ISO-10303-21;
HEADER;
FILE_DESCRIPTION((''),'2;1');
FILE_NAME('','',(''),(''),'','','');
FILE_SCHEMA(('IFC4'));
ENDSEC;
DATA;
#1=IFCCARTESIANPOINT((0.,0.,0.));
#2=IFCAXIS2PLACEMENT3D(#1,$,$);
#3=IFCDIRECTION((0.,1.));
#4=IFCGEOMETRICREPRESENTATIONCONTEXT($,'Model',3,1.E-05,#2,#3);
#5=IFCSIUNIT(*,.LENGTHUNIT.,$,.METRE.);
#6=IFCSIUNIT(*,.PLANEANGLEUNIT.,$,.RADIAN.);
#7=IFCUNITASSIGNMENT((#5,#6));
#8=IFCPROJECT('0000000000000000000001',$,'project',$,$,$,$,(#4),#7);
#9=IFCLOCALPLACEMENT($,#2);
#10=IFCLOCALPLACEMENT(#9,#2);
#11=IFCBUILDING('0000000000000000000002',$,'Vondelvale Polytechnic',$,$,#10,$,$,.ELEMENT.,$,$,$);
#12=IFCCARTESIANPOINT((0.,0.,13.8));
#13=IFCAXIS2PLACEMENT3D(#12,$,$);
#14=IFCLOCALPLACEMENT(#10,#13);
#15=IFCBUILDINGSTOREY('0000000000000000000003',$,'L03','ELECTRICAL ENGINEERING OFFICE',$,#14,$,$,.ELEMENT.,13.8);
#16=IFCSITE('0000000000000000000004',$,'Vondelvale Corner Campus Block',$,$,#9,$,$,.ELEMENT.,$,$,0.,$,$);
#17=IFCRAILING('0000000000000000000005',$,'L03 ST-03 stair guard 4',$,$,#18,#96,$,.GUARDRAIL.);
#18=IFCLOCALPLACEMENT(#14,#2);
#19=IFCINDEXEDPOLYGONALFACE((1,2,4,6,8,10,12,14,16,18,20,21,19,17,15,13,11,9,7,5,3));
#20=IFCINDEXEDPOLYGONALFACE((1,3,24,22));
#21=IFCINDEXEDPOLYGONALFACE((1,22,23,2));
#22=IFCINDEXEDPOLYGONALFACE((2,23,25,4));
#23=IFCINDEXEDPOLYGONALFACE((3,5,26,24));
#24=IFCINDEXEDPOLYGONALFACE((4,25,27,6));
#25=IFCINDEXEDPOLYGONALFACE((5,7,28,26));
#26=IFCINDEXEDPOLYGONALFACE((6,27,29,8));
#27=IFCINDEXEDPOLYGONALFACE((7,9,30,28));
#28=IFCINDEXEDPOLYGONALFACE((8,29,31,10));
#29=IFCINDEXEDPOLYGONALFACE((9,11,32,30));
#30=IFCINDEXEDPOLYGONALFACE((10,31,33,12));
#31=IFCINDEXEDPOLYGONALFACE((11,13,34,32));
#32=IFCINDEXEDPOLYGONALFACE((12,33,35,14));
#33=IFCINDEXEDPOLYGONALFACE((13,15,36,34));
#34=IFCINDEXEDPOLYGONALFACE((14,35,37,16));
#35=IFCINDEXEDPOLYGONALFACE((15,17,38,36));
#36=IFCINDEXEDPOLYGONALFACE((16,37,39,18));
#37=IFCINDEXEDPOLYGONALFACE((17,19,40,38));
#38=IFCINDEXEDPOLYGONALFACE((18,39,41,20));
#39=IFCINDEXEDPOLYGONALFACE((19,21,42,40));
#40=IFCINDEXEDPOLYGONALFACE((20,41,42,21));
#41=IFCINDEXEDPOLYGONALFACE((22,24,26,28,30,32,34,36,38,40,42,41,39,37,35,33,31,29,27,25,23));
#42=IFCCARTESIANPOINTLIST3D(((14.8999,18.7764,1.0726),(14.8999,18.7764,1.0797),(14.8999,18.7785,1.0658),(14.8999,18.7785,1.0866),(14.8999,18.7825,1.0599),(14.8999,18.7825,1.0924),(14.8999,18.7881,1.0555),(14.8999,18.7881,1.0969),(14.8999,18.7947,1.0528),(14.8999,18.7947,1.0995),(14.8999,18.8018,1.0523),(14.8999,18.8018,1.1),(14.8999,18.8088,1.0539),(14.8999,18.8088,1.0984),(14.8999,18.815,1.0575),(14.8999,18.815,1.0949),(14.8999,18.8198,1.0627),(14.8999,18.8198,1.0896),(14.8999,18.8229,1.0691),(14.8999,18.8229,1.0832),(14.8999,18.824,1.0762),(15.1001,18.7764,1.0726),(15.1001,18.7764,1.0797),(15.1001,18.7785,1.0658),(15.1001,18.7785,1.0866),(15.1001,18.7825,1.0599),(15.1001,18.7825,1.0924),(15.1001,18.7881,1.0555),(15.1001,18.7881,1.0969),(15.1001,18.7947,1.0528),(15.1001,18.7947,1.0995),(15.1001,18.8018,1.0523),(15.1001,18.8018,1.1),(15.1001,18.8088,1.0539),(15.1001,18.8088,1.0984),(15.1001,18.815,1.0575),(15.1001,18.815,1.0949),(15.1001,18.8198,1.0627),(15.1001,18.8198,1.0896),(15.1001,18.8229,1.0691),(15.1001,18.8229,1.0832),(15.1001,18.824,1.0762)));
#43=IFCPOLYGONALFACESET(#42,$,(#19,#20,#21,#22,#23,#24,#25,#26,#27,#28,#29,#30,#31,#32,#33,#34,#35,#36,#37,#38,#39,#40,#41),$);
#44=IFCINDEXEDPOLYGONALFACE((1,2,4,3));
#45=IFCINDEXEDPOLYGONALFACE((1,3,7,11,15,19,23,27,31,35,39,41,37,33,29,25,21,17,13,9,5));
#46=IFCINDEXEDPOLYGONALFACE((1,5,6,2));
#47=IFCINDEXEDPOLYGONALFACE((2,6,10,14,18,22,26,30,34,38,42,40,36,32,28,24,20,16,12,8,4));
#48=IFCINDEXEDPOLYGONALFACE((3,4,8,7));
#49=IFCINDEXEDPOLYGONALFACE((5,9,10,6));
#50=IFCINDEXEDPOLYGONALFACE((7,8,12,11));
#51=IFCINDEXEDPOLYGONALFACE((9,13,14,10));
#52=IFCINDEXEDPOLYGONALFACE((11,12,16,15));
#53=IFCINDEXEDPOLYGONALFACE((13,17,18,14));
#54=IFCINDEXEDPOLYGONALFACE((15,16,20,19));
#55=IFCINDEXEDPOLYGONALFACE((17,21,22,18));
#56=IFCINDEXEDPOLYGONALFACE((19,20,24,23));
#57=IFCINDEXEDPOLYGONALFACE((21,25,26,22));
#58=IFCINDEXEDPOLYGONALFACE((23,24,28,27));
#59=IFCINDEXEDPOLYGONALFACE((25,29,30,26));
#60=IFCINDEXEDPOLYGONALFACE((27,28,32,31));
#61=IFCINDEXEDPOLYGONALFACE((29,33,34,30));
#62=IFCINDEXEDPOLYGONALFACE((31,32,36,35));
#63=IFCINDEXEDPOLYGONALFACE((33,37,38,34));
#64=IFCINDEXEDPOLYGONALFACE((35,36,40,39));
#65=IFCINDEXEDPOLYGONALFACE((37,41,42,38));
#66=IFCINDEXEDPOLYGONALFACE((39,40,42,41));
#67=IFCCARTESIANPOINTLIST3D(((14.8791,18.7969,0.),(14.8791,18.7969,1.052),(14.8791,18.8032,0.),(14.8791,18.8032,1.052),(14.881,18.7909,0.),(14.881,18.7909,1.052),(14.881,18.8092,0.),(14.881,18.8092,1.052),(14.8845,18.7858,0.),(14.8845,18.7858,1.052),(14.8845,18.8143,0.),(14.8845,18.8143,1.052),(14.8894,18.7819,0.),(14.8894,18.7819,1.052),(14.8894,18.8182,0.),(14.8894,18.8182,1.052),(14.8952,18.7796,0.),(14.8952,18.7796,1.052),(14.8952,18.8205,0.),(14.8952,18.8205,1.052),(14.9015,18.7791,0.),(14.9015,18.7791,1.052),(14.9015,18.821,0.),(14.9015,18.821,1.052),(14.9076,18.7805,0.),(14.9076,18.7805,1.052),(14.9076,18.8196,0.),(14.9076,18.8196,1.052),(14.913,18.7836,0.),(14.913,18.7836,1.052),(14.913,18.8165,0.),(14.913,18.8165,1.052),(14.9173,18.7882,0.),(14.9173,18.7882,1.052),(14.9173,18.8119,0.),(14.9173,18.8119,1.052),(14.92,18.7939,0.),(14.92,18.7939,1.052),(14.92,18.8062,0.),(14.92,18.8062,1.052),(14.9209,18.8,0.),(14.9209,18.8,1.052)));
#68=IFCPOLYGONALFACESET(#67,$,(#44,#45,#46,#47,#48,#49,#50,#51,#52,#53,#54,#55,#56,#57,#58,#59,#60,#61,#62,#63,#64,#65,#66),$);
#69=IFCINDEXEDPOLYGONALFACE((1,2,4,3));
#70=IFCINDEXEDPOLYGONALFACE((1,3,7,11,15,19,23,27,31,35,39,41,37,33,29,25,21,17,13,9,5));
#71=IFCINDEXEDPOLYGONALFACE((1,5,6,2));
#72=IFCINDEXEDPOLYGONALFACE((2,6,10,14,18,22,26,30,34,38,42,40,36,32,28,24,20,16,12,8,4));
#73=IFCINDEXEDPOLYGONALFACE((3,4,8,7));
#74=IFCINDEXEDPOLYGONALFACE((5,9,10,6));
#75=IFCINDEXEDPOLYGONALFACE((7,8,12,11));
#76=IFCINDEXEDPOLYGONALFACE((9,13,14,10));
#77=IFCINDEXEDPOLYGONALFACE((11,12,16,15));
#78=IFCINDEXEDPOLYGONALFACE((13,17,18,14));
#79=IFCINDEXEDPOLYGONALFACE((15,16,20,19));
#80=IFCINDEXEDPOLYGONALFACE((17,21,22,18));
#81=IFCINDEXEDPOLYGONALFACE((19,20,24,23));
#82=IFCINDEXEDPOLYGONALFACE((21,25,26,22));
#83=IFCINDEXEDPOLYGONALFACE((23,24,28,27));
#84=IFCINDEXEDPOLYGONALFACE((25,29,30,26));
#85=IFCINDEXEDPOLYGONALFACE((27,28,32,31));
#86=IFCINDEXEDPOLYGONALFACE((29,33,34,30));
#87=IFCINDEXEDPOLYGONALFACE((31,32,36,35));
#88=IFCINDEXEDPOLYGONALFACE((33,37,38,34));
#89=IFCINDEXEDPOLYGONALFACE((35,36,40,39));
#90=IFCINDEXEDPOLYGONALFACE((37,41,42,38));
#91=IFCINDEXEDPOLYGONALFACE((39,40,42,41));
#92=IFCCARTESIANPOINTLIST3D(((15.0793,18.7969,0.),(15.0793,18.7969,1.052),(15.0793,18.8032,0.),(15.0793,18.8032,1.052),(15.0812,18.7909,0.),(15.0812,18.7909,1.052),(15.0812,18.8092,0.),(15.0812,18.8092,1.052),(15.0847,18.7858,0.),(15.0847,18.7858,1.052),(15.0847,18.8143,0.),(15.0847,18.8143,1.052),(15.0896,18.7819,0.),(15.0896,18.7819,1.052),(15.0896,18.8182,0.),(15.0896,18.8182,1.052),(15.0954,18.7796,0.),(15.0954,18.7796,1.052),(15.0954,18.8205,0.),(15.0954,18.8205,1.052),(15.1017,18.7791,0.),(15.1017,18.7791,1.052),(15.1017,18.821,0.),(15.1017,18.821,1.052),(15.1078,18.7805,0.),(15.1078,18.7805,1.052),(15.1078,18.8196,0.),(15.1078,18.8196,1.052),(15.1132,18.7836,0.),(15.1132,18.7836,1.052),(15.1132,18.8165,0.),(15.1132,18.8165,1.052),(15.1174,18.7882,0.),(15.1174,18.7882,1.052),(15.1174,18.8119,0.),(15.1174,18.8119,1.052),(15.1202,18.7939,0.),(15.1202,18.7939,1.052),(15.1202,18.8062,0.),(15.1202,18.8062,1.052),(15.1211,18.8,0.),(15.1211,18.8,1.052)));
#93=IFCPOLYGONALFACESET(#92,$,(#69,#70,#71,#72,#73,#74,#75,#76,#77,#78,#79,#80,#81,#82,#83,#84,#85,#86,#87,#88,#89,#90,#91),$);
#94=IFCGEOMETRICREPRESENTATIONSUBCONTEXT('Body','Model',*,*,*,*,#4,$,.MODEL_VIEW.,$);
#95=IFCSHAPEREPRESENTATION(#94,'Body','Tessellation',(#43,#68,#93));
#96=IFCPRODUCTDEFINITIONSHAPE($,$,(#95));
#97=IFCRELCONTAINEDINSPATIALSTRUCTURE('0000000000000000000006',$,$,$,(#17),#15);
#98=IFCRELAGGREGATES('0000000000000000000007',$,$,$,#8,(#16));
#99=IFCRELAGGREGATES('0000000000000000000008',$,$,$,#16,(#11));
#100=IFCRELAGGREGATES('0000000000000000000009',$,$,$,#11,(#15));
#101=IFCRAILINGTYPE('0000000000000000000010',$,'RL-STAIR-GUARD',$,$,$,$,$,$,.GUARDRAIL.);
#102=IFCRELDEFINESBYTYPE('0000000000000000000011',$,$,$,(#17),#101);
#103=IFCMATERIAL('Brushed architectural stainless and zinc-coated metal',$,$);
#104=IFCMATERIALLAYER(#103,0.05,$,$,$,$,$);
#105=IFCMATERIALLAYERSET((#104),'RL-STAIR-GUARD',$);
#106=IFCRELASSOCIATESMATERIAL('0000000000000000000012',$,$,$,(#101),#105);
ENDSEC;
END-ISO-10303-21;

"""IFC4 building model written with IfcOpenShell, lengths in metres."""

from ifc_helpers import new_model, si_unit, direction, frame, origin, origin_2d, place, context, subcontext, project, spatial, circle, extrude, material, layer, layer_set, type_object, element, save


model = new_model("IFC4")

# Units and contexts
model_context = context("Model", 3, precision=1e-05, world=origin(), true_north=direction((0.0, 1.0)))
body_context = subcontext(model_context, "Body", "Model", "MODEL_VIEW")
ifc_project = project(units=[si_unit("LENGTHUNIT", "METRE"), si_unit("PLANEANGLEUNIT", "RADIAN")], contexts=[model_context])

# Site, building, storey
site_placement = place(None, origin())
site = spatial("IfcSite", under=ifc_project, at=site_placement, Name="Vondelvale Corner Campus Block", CompositionType="ELEMENT", RefElevation=0.0)
building_placement = place(site_placement, origin())
building = spatial("IfcBuilding", under=site, at=building_placement, Name="Vondelvale Polytechnic", CompositionType="ELEMENT")
storey_placement = place(building_placement, frame((0.0, 0.0, 13.8)))
storey = spatial("IfcBuildingStorey", under=building, at=storey_placement, Name="L03", Description="ELECTRICAL ENGINEERING OFFICE", CompositionType="ELEMENT", Elevation=13.8)

# Shared definitions
ifc_material_1 = material(Name="Brushed architectural stainless and zinc-coated metal")

# Railing
ifc_layer_1 = layer(ifc_material_1, 0.05)
ifc_layer_set_1 = layer_set([ifc_layer_1], Name="RL-STAIR-GUARD")
railing_type_1 = type_object("IfcRailingType", Name="RL-STAIR-GUARD", PredefinedType="GUARDRAIL", material=ifc_layer_set_1)
railing_1_placement = place(storey_placement, frame((14.8999, 18.8, 0.0)))
element("IfcRailing", 1, at=railing_1_placement, inside=storey, type_object=railing_type_1, Name="L03 ST-03 stair guard 4", PredefinedType="GUARDRAIL", context=body_context, shape_type="SweptSolid", body=[
    extrude(circle(Radius=0.0239, at=origin_2d()), frame((0.0, 0.0, 1.0762), z_axis=(1.0, 0.0, 0.0), x_axis=(0.0, 1.0, 0.0)), (0.0, 0.0, 1.0), 0.2002),
    extrude(circle(Radius=0.021, at=origin_2d()), origin(), (0.0, 0.0, 1.0), 1.052),
    extrude(circle(Radius=0.021, at=origin_2d()), frame((0.2002, 0.0, 0.0)), (0.0, 0.0, 1.0), 1.052),
])

save(model, "model.ifc")
